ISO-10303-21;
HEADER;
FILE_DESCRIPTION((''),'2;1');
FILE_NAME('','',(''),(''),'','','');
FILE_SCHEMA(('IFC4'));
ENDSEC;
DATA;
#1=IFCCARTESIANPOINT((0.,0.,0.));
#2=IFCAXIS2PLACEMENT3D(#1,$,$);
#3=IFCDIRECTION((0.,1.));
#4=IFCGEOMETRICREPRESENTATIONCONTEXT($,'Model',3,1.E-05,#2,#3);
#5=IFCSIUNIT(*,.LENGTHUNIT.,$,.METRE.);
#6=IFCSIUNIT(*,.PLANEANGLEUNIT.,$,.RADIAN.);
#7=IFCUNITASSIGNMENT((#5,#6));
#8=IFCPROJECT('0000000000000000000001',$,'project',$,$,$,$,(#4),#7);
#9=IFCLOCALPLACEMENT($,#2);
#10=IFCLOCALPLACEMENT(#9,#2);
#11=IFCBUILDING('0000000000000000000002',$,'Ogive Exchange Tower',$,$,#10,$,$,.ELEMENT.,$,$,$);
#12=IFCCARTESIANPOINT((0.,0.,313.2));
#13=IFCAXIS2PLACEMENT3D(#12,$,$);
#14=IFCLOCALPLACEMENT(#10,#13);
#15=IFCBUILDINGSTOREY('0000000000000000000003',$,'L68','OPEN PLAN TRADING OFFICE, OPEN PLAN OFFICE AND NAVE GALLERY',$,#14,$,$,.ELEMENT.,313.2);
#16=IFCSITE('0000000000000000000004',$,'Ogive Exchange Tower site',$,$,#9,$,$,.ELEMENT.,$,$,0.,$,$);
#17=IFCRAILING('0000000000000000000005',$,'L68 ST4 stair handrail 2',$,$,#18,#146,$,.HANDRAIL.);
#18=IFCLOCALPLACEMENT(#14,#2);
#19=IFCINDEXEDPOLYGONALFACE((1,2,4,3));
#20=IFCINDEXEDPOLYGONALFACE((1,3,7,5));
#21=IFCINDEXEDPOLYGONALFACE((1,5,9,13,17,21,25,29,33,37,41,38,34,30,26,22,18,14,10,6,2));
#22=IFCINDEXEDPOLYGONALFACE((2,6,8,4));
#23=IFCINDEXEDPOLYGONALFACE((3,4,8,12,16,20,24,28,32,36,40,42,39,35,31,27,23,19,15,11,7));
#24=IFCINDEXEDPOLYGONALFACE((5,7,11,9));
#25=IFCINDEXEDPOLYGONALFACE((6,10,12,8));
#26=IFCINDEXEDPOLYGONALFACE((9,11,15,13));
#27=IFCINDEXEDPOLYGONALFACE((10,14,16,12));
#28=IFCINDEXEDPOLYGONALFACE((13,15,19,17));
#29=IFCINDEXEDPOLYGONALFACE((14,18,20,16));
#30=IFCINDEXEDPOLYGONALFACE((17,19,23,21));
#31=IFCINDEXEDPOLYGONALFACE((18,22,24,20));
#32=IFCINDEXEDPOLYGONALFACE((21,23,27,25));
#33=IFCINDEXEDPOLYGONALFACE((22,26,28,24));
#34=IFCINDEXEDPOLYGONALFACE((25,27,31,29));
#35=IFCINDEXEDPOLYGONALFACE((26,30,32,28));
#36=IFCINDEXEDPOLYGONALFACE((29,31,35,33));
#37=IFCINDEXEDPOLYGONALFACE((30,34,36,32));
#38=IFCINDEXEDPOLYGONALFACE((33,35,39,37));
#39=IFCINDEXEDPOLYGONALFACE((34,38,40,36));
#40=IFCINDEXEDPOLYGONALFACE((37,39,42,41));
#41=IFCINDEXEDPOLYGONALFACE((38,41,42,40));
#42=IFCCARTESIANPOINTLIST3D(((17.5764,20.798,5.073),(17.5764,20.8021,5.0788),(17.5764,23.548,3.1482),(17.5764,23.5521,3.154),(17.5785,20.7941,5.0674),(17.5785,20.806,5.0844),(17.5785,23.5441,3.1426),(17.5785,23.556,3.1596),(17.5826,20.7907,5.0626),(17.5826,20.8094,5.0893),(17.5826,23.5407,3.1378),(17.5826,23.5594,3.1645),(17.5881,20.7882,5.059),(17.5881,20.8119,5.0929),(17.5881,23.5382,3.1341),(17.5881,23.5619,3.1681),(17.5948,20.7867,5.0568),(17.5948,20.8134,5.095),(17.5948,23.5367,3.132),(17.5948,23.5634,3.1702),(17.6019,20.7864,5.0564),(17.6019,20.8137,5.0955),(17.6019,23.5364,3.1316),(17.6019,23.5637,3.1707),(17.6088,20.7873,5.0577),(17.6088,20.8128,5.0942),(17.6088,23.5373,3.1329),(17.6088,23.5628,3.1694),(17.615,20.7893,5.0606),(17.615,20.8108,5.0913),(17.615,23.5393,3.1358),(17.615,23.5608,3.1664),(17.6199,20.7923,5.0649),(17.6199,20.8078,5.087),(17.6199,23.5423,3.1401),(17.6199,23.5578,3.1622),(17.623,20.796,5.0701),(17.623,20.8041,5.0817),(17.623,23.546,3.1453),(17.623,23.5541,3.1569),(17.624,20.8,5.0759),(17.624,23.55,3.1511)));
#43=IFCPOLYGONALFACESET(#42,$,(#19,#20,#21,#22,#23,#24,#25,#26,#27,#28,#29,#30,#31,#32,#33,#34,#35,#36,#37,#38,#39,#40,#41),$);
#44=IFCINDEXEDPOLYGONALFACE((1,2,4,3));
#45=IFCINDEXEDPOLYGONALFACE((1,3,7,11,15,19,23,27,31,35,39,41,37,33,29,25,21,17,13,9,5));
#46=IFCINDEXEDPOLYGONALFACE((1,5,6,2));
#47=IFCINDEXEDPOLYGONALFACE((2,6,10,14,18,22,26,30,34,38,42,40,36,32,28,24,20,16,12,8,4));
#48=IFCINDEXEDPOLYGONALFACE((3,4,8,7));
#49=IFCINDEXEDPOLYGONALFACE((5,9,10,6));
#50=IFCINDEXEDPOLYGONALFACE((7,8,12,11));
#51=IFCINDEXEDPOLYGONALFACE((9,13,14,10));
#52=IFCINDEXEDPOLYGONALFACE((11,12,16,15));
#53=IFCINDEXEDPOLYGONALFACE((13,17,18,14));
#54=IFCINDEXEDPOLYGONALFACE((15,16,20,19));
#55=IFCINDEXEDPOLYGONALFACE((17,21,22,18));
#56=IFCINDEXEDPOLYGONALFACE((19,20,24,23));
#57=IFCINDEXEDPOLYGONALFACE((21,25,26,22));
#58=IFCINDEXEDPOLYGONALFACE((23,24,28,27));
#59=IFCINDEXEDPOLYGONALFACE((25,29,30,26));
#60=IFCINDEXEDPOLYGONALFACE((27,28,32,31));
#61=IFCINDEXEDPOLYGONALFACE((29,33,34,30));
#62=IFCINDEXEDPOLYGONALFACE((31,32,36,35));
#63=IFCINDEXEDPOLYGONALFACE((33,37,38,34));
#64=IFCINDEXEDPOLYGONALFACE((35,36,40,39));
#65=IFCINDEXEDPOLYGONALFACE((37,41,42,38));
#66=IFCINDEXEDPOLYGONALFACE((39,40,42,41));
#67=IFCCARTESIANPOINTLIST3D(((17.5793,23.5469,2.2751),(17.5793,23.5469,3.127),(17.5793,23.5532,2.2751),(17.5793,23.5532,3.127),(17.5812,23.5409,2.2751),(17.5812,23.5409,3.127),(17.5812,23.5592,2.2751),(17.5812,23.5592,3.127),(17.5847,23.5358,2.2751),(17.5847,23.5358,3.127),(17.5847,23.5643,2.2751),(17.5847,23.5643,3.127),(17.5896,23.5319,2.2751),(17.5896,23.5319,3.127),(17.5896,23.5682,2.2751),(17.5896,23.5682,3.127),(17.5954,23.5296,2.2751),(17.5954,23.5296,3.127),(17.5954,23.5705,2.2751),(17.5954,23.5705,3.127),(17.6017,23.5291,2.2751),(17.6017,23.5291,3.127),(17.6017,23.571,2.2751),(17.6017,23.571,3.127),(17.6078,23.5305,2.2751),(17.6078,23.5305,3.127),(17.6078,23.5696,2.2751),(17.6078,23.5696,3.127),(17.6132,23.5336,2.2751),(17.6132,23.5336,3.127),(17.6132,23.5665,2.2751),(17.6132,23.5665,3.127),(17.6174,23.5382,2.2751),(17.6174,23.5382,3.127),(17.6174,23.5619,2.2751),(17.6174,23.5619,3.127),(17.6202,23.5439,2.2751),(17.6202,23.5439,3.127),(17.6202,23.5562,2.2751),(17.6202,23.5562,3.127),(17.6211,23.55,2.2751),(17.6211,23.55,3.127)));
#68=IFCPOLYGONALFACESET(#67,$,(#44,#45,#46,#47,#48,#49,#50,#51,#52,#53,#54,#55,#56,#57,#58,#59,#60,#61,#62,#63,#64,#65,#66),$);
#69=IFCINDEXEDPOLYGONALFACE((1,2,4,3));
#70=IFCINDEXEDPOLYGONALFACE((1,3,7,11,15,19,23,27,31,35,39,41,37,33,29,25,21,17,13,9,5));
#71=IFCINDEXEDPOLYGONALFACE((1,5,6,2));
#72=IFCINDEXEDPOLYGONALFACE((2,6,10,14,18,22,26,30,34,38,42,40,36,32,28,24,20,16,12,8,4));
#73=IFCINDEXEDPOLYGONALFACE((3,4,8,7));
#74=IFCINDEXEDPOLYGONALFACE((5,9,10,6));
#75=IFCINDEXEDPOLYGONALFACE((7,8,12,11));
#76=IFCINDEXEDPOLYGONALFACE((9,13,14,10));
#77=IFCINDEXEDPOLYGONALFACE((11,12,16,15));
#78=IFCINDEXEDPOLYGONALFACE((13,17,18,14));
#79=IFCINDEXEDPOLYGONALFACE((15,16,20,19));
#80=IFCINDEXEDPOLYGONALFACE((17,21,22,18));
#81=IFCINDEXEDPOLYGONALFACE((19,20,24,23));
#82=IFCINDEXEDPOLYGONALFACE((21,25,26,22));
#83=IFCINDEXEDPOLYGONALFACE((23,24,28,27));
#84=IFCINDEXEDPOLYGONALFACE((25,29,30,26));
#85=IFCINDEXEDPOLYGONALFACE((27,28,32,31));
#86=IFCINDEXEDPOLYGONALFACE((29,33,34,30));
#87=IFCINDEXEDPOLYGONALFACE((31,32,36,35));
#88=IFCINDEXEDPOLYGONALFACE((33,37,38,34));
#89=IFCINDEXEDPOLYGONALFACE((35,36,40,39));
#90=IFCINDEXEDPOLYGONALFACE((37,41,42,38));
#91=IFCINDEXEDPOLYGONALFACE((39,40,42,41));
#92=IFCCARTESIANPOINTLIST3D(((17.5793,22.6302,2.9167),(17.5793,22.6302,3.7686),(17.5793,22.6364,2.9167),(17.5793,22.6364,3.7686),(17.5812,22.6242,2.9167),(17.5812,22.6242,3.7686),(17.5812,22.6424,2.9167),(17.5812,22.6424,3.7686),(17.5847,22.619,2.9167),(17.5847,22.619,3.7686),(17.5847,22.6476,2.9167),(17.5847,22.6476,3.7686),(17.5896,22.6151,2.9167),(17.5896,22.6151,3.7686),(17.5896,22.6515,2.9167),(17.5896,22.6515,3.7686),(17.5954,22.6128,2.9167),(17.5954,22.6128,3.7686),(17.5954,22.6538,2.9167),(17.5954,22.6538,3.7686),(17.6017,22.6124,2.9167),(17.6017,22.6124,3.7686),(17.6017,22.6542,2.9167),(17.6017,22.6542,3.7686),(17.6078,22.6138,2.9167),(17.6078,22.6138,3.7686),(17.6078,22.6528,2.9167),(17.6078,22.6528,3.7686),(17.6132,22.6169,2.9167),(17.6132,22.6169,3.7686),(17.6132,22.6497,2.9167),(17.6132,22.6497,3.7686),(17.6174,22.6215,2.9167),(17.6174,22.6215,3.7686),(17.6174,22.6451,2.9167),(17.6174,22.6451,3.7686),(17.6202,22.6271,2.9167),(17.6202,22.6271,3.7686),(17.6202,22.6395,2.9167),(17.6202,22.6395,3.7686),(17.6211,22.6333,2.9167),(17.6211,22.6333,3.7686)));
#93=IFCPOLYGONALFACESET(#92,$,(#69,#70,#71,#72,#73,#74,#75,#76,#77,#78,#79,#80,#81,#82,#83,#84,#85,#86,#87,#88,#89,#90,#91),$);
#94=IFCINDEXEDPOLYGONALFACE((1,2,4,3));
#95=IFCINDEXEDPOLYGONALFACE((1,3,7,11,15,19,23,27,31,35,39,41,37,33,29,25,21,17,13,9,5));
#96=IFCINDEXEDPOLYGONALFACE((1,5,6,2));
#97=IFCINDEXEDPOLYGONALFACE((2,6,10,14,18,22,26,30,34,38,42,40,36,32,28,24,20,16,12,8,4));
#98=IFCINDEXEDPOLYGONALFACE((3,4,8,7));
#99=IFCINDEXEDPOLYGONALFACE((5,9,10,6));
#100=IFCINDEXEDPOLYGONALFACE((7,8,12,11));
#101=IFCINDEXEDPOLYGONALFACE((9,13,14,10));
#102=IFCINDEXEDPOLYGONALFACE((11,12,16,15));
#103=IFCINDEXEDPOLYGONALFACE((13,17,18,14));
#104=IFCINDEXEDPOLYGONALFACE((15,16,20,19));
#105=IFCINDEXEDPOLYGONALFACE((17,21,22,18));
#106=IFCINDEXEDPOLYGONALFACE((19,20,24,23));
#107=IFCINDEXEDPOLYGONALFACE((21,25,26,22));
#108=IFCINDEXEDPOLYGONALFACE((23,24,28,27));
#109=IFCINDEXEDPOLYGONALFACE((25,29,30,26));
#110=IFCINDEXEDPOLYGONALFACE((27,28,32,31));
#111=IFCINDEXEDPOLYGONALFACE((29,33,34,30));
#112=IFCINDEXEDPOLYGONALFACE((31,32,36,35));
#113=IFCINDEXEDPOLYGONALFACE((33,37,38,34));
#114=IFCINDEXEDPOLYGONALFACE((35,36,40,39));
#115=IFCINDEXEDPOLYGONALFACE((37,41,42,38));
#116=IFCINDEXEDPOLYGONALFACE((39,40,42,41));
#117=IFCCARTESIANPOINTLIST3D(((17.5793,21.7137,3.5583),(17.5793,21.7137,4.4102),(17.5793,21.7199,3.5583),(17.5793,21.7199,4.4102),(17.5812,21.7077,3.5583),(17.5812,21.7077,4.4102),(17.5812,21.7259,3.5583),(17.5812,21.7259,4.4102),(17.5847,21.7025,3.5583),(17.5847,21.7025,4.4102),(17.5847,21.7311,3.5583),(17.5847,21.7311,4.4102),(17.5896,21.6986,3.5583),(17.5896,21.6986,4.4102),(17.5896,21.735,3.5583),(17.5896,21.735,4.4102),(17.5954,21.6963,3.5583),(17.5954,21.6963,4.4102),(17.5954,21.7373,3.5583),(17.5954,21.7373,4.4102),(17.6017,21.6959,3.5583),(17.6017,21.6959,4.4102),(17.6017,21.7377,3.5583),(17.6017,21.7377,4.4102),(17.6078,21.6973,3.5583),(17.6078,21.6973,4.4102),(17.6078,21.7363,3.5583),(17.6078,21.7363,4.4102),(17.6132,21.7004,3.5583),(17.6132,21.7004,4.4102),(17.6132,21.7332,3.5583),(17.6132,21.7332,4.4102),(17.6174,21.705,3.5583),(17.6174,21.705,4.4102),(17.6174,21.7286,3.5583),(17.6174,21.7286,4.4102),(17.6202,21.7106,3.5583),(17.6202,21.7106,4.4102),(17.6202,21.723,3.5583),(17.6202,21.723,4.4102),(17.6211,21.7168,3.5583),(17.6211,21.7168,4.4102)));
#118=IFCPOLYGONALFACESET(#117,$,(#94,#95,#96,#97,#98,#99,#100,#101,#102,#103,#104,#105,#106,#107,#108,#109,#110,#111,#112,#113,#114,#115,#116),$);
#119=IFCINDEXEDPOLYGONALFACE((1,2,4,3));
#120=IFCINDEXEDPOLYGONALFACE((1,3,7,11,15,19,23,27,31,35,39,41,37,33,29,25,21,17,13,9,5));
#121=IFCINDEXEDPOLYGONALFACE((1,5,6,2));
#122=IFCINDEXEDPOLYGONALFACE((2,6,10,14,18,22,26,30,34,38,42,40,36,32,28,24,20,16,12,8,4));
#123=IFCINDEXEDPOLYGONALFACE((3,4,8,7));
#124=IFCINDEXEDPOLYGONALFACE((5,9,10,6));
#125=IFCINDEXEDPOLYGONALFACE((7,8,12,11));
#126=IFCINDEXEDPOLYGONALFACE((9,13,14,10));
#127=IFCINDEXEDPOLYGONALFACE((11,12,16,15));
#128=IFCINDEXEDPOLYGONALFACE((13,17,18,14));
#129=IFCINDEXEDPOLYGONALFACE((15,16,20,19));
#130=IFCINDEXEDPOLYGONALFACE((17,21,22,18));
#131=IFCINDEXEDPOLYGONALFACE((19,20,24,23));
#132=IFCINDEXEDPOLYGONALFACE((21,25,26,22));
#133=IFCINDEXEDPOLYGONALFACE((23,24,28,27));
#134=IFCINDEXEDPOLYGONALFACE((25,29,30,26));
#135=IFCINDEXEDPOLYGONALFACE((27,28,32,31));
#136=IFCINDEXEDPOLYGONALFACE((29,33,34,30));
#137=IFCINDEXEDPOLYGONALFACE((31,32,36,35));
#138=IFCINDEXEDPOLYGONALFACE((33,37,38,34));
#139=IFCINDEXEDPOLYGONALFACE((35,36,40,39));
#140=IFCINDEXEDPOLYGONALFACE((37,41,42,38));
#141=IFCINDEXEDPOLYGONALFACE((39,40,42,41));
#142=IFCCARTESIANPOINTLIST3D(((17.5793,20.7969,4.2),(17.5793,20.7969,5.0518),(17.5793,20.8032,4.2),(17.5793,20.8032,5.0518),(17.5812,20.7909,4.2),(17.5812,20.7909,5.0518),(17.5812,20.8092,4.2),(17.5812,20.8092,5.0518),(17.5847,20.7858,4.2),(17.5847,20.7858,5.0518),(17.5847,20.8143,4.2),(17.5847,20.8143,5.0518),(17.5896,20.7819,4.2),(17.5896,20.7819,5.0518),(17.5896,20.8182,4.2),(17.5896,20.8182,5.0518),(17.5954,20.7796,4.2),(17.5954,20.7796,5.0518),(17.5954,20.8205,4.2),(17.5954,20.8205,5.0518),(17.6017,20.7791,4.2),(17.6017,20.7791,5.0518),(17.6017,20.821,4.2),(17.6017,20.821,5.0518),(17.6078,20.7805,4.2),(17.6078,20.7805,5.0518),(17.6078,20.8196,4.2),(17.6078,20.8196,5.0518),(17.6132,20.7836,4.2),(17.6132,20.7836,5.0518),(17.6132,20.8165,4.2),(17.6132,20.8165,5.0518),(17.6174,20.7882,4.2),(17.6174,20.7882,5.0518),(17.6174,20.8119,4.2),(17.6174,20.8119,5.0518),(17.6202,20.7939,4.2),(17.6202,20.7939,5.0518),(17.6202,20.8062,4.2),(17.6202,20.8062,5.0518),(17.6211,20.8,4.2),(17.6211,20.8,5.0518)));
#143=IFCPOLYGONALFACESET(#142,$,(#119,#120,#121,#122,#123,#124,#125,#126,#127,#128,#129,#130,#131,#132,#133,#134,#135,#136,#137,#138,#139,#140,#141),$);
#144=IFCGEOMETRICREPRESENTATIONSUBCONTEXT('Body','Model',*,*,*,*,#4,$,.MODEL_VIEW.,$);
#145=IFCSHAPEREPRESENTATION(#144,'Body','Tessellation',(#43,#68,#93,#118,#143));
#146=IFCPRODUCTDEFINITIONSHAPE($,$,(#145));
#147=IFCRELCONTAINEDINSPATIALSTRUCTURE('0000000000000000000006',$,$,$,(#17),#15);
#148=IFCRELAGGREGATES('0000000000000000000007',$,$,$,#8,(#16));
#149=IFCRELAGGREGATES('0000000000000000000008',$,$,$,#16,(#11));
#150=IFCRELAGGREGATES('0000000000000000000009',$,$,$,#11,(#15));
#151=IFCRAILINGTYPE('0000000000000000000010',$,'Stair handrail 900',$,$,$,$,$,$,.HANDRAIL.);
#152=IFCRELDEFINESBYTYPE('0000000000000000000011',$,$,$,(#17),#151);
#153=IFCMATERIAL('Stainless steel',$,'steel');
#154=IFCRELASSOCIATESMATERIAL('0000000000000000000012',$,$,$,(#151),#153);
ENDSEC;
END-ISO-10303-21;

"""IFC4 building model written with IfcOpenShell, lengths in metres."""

from ifc_helpers import new_model, si_unit, direction, frame, origin, origin_2d, place, context, subcontext, project, spatial, circle, extrude, material, type_object, element, save


model = new_model("IFC4")

# Units and contexts
model_context = context("Model", 3, precision=1e-05, world=origin(), true_north=direction((0.0, 1.0)))
body_context = subcontext(model_context, "Body", "Model", "MODEL_VIEW")
ifc_project = project(units=[si_unit("LENGTHUNIT", "METRE"), si_unit("PLANEANGLEUNIT", "RADIAN")], contexts=[model_context])

# Site, building, storey
site_placement = place(None, origin())
site = spatial("IfcSite", under=ifc_project, at=site_placement, Name="Ogive Exchange Tower site", CompositionType="ELEMENT", RefElevation=0.0)
building_placement = place(site_placement, origin())
building = spatial("IfcBuilding", under=site, at=building_placement, Name="Ogive Exchange Tower", CompositionType="ELEMENT")
storey_placement = place(building_placement, frame((0.0, 0.0, 313.2)))
storey = spatial("IfcBuildingStorey", under=building, at=storey_placement, Name="L68", Description="OPEN PLAN TRADING OFFICE, OPEN PLAN OFFICE AND NAVE GALLERY", CompositionType="ELEMENT", Elevation=313.2)

# Railing
ifc_material_1 = material(Name="Stainless steel", Category="steel")
railing_type = type_object("IfcRailingType", Name="Stair handrail 900", PredefinedType="HANDRAIL", material=ifc_material_1)
railing_1_placement = place(storey_placement, frame((17.6001, 23.55, 2.2751)))
element("IfcRailing", 1, at=railing_1_placement, inside=storey, type_object=railing_type, Name="L68 ST4 stair handrail 2", PredefinedType="HANDRAIL", context=body_context, shape_type="SweptSolid", body=[
    extrude(circle(Radius=0.0239, at=origin_2d()), frame((0.0, 0.0, 0.876), z_axis=(0.0, -0.819259, 0.573423), x_axis=(1.0, 0.0, 0.0)), (0.0, 0.0, 1.0), 3.3567),
    extrude(circle(Radius=0.021, at=origin_2d()), origin(), (0.0, 0.0, 1.0), 0.8518),
    extrude(circle(Radius=0.021, at=origin_2d()), frame((0.0, -0.9167, 0.6416)), (0.0, 0.0, 1.0), 0.8518),
    extrude(circle(Radius=0.021, at=origin_2d()), frame((0.0, -1.8333, 1.2832)), (0.0, 0.0, 1.0), 0.8518),
    extrude(circle(Radius=0.021, at=origin_2d()), frame((0.0, -2.75, 1.9248)), (0.0, 0.0, 1.0), 0.8518),
])

save(model, "model.ifc")
